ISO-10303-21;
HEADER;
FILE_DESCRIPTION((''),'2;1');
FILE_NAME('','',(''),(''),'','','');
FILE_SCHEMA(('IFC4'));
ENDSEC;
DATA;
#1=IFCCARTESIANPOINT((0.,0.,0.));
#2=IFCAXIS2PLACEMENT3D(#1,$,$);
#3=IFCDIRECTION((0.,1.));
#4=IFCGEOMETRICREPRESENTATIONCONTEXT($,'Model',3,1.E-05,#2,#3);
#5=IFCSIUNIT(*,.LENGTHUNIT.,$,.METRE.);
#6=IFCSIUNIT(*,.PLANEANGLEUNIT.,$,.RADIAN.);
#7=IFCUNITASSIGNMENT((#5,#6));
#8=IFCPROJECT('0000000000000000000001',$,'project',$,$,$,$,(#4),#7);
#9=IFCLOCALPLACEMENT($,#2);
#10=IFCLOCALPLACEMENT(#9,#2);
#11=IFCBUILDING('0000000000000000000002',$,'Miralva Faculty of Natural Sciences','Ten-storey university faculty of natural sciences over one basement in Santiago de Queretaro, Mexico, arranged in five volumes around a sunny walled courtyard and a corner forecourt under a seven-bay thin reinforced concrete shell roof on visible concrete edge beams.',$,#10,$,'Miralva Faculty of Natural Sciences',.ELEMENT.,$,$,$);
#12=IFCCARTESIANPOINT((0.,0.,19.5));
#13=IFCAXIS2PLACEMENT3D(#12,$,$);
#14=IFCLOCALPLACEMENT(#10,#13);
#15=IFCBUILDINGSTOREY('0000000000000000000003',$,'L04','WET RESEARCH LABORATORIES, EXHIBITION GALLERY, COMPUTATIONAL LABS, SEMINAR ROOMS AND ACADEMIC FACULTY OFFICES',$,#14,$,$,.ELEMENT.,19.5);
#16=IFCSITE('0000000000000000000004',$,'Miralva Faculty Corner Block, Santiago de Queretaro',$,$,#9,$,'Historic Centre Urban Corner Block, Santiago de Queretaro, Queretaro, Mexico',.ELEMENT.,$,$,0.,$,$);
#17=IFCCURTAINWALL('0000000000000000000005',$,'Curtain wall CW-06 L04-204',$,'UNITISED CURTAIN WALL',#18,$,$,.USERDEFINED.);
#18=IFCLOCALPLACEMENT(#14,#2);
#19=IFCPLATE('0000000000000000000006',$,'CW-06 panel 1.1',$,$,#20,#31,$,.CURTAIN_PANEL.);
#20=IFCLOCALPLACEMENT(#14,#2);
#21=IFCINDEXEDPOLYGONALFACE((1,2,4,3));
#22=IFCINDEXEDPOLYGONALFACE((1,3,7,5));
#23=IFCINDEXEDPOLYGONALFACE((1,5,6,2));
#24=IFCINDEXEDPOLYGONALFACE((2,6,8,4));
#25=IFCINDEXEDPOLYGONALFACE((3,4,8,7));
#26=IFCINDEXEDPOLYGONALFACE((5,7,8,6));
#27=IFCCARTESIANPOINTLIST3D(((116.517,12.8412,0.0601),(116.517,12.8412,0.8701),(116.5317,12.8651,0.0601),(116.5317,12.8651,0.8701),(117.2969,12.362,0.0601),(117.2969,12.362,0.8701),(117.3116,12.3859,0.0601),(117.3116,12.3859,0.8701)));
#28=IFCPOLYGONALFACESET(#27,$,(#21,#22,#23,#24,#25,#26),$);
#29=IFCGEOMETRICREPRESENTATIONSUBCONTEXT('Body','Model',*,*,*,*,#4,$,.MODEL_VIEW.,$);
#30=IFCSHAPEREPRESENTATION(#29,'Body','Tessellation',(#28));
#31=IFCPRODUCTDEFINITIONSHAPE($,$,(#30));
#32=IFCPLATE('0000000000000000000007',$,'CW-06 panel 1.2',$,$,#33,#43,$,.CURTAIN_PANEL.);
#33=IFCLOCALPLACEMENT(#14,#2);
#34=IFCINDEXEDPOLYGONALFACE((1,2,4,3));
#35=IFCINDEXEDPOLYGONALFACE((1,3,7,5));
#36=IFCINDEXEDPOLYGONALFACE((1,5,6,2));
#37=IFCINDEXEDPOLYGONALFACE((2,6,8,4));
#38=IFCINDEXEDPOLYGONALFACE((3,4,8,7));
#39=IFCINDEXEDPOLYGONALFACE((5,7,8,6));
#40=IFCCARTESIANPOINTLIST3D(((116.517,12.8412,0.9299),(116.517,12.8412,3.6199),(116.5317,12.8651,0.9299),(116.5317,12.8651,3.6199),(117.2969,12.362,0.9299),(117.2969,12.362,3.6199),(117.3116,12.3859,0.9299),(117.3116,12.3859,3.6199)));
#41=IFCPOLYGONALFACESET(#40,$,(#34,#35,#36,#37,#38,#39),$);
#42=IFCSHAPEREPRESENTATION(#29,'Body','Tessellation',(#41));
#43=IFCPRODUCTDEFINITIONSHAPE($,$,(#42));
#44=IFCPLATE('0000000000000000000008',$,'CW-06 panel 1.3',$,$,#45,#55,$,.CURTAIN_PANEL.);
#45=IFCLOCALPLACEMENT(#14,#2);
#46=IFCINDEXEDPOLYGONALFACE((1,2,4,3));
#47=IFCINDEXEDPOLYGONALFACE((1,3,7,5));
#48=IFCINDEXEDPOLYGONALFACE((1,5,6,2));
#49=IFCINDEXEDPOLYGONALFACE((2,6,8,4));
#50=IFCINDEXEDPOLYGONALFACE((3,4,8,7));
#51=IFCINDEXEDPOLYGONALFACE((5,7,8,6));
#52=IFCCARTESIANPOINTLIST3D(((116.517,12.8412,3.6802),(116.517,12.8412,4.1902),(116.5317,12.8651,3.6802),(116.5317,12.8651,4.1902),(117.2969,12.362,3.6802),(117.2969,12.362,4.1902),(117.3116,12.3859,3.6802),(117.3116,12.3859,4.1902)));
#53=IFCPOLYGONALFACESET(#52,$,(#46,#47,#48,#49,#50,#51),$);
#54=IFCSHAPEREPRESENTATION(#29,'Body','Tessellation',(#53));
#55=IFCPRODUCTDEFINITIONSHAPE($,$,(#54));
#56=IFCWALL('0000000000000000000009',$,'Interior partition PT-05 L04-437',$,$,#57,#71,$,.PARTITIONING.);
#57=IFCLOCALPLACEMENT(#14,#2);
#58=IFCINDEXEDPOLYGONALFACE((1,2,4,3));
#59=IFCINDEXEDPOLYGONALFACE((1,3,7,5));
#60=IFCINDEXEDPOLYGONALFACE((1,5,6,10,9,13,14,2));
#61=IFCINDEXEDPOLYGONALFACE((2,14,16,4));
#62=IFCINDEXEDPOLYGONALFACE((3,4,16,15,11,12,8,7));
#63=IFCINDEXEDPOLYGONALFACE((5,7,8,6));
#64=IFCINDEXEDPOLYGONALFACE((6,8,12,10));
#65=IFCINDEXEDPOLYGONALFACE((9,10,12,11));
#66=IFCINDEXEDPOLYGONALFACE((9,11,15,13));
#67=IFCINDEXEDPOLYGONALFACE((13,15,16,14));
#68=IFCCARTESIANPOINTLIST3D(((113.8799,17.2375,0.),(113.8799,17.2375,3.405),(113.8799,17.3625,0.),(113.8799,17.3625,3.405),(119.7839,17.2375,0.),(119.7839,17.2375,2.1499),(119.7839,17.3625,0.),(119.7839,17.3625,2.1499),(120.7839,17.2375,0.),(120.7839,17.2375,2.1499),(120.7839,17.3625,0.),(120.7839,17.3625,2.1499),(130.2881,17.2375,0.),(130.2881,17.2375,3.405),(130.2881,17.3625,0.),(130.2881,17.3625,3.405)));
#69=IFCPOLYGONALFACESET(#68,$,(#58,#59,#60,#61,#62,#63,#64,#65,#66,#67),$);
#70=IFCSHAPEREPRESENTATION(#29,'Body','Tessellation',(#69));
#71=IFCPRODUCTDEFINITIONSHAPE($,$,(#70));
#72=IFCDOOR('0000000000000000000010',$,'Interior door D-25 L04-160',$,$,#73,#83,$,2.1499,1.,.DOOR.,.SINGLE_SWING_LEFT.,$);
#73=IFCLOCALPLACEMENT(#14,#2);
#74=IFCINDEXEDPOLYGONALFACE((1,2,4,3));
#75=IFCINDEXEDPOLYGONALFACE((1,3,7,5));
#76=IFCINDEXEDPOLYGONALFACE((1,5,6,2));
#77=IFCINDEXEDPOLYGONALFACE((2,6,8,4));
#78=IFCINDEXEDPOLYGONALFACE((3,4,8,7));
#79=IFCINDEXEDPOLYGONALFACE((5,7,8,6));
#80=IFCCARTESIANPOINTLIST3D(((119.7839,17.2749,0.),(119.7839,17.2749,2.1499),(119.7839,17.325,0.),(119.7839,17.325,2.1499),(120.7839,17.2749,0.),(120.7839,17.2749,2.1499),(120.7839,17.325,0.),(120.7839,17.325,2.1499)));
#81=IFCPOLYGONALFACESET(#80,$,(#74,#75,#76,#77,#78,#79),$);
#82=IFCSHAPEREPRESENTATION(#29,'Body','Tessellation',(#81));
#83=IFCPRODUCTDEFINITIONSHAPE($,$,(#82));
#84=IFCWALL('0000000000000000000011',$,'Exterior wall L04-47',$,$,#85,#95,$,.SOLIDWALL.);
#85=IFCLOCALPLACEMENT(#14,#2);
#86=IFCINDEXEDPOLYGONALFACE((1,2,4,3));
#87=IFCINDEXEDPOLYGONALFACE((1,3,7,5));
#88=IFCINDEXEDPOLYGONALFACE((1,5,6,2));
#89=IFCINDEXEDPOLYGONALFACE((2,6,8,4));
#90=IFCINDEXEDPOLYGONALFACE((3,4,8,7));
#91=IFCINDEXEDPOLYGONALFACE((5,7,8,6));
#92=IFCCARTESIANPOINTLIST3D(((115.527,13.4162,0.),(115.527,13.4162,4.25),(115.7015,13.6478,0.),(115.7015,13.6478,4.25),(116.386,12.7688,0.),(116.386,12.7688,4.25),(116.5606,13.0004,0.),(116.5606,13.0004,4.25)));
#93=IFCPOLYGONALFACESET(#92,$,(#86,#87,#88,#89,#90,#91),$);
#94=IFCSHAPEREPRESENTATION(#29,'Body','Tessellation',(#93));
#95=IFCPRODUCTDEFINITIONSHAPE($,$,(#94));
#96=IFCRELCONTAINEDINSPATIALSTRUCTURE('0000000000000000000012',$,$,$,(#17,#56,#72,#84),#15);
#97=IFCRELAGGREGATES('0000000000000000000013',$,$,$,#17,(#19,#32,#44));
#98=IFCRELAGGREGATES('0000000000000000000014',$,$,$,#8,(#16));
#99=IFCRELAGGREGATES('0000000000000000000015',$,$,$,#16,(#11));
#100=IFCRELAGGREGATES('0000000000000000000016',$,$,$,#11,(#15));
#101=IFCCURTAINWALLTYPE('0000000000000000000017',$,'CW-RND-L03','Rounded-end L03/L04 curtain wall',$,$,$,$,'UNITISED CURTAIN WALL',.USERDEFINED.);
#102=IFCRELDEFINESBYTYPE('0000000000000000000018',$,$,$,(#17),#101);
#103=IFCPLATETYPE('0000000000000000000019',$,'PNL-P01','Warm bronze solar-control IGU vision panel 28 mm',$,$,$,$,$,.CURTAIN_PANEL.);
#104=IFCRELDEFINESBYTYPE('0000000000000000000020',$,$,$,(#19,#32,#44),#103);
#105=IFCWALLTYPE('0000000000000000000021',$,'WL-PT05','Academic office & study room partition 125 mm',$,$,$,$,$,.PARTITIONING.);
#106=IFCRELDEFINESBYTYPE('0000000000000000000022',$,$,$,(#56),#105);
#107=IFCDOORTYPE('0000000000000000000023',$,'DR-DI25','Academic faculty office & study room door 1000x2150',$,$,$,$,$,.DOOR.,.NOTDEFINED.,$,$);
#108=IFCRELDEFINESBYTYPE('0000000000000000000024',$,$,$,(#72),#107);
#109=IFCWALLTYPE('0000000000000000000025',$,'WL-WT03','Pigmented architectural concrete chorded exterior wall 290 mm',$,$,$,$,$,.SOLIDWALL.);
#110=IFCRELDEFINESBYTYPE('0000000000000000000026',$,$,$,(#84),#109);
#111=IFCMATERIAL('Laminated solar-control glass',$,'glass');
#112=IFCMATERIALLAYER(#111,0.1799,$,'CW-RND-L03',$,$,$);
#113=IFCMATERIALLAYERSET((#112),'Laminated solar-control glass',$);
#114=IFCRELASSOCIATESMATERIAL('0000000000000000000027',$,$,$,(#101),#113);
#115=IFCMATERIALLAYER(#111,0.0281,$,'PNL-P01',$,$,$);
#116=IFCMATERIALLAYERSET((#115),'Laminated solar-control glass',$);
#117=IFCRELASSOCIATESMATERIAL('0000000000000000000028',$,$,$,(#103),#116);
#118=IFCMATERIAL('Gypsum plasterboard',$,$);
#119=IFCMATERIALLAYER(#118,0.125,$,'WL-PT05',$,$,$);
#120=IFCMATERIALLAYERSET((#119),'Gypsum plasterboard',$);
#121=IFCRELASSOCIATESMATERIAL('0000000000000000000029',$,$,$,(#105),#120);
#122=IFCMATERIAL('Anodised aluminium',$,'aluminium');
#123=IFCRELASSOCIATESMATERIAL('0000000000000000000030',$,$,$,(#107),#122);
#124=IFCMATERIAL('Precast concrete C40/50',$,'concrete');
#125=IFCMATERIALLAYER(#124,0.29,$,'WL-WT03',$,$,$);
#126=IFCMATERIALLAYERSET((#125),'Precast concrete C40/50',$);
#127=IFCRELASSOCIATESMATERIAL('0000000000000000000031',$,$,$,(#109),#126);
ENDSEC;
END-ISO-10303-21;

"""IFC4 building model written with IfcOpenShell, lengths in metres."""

from ifc_helpers import new_model, si_unit, direction, frame, frame_2d, origin, origin_2d, place, context, subcontext, project, spatial, rectangle, extrude, material, layer, layer_set, type_object, element, fill, aggregate, save


model = new_model("IFC4")

# Units and contexts
model_context = context("Model", 3, precision=1e-05, world=origin(), true_north=direction((0.0, 1.0)))
body_context = subcontext(model_context, "Body", "Model", "MODEL_VIEW")
ifc_project = project(units=[si_unit("LENGTHUNIT", "METRE"), si_unit("PLANEANGLEUNIT", "RADIAN")], contexts=[model_context])

# Site, building, storey
site_placement = place(None, origin())
site = spatial("IfcSite", under=ifc_project, at=site_placement, Name="Miralva Faculty Corner Block, Santiago de Queretaro", LongName="Historic Centre Urban Corner Block, Santiago de Queretaro, Queretaro, Mexico", CompositionType="ELEMENT", RefElevation=0.0)
building_placement = place(site_placement, origin())
building = spatial("IfcBuilding", under=site, at=building_placement, Name="Miralva Faculty of Natural Sciences", Description="Ten-storey university faculty of natural sciences over one basement in Santiago de Queretaro, Mexico, arranged in five volumes around a sunny walled courtyard and a corner forecourt under a seven-bay thin reinforced concrete shell roof on visible concrete edge beams.", LongName="Miralva Faculty of Natural Sciences", CompositionType="ELEMENT")
storey_placement = place(building_placement, frame((0.0, 0.0, 19.5)))
storey = spatial("IfcBuildingStorey", under=building, at=storey_placement, Name="L04", Description="WET RESEARCH LABORATORIES, EXHIBITION GALLERY, COMPUTATIONAL LABS, SEMINAR ROOMS AND ACADEMIC FACULTY OFFICES", CompositionType="ELEMENT", Elevation=19.5)

# Curtain wall
ifc_material_1 = material(Name="Laminated solar-control glass", Category="glass")
ifc_material_2 = material(Name="Anodised aluminium", Category="aluminium")
ifc_layer_1 = layer(ifc_material_1, 0.1799, Name="CW-RND-L03")
ifc_layer_set_1 = layer_set([ifc_layer_1], Name="Laminated solar-control glass")
curtain_wall_type_1 = type_object("IfcCurtainWallType", Name="CW-RND-L03", Description="Rounded-end L03/L04 curtain wall", ElementType="UNITISED CURTAIN WALL", PredefinedType="USERDEFINED", material=ifc_layer_set_1)
curtain_wall_1_placement = place(storey_placement, origin())
curtain_wall_1 = element("IfcCurtainWall", 1, at=curtain_wall_1_placement, inside=storey, type_object=curtain_wall_type_1, Name="Curtain wall CW-06 L04-204", ObjectType="UNITISED CURTAIN WALL", PredefinedType="USERDEFINED")

# Plates
ifc_layer_2 = layer(ifc_material_1, 0.0281, Name="PNL-P01")
ifc_layer_set_2 = layer_set([ifc_layer_2], Name="Laminated solar-control glass")
plate_type = type_object("IfcPlateType", Name="PNL-P01", Description="Warm bronze solar-control IGU vision panel 28 mm", PredefinedType="CURTAIN_PANEL", material=ifc_layer_set_2)
plate_1_placement = place(storey_placement, frame((116.9143, 12.6135, 0.0601), z_axis=(0.0, 0.0, 1.0), x_axis=(0.852004, -0.523535, 0.0)))
plate_1 = element("IfcPlate", 2, at=plate_1_placement, type_object=plate_type, Name="CW-06 panel 1.1", PredefinedType="CURTAIN_PANEL", context=body_context, shape_type="SweptSolid", body=[
    extrude(rectangle(XDim=0.9153, YDim=0.0281, at=origin_2d()), origin(), (0.0, 0.0, 1.0), 0.8101),
])
plate_2_placement = place(storey_placement, frame((116.9143, 12.6135, 0.9299), z_axis=(0.0, 0.0, 1.0), x_axis=(0.852004, -0.523535, 0.0)))
plate_2 = element("IfcPlate", 3, at=plate_2_placement, type_object=plate_type, Name="CW-06 panel 1.2", PredefinedType="CURTAIN_PANEL", context=body_context, shape_type="SweptSolid", body=[
    extrude(rectangle(XDim=0.9153, YDim=0.0281, at=origin_2d()), origin(), (0.0, 0.0, 1.0), 2.6899),
])
plate_3_placement = place(storey_placement, frame((116.9143, 12.6135, 3.6802), z_axis=(0.0, 0.0, 1.0), x_axis=(0.852004, -0.523535, 0.0)))
plate_3 = element("IfcPlate", 4, at=plate_3_placement, type_object=plate_type, Name="CW-06 panel 1.3", PredefinedType="CURTAIN_PANEL", context=body_context, shape_type="SweptSolid", body=[
    extrude(rectangle(XDim=0.9153, YDim=0.0281, at=origin_2d()), origin(), (0.0, 0.0, 1.0), 0.51),
])
aggregate(curtain_wall_1, [plate_1, plate_2, plate_3])

# Wall, opening, door
ifc_material_3 = material(Name="Gypsum plasterboard")
ifc_layer_3 = layer(ifc_material_3, 0.125, Name="WL-PT05")
ifc_layer_set_3 = layer_set([ifc_layer_3], Name="Gypsum plasterboard")
wall_type_1 = type_object("IfcWallType", Name="WL-PT05", Description="Academic office & study room partition 125 mm", PredefinedType="PARTITIONING", material=ifc_layer_set_3)
wall_1_placement = place(storey_placement, frame((113.8799, 17.3, 0.0), z_axis=(0.0, 0.0, 1.0), x_axis=(1.0, 0.0, 0.0)))
wall_1 = element("IfcWall", 5, at=wall_1_placement, inside=storey, type_object=wall_type_1, Name="Interior partition PT-05 L04-437", PredefinedType="PARTITIONING", context=body_context, shape_type="SweptSolid", body=[
    extrude(rectangle(XDim=16.4082, YDim=0.125, at=frame_2d((8.2041, 0.0))), origin(), (0.0, 0.0, 1.0), 3.405),
])
opening_placement = place(wall_1_placement, frame((5.9041, 0.0, 0.0)))
opening = element("IfcOpeningElement", 6, at=opening_placement, cuts=wall_1, PredefinedType="OPENING", context=body_context, shape_type="SweptSolid", body=[
    extrude(rectangle(XDim=1.0, YDim=2.1499, at=frame_2d((0.5, 1.075))), frame((0.0, 0.0725, 0.0), z_axis=(0.0, -1.0, 0.0), x_axis=(1.0, 0.0, 0.0)), (0.0, 0.0, 1.0), 0.145),
])
door_type = type_object("IfcDoorType", Name="DR-DI25", Description="Academic faculty office & study room door 1000x2150", OperationType="NOTDEFINED", PredefinedType="DOOR", material=ifc_material_2)
door_placement = place(opening_placement, origin())
door = element("IfcDoor", 7, at=door_placement, inside=storey, type_object=door_type, Name="Interior door D-25 L04-160", OperationType="SINGLE_SWING_LEFT", OverallHeight=2.1499, OverallWidth=1.0, PredefinedType="DOOR", context=body_context, shape_type="SweptSolid", body=[
    extrude(rectangle(XDim=1.0, YDim=2.1499, at=frame_2d((0.5, 1.075))), frame((0.0, 0.0249, 0.0), z_axis=(0.0, -1.0, 0.0), x_axis=(1.0, 0.0, 0.0)), (0.0, 0.0, 1.0), 0.05),
])
fill(opening, door)

# Wall
ifc_material_4 = material(Name="Precast concrete C40/50", Category="concrete")
ifc_layer_4 = layer(ifc_material_4, 0.29, Name="WL-WT03")
ifc_layer_set_4 = layer_set([ifc_layer_4], Name="Precast concrete C40/50")
wall_type_2 = type_object("IfcWallType", Name="WL-WT03", Description="Pigmented architectural concrete chorded exterior wall 290 mm", PredefinedType="SOLIDWALL", material=ifc_layer_set_4)
wall_2_placement = place(storey_placement, frame((115.6143, 13.532, 0.0), z_axis=(0.0, 0.0, 1.0), x_axis=(0.798609, -0.60185, 0.0)))
element("IfcWall", 8, at=wall_2_placement, inside=storey, type_object=wall_type_2, Name="Exterior wall L04-47", PredefinedType="SOLIDWALL", context=body_context, shape_type="SweptSolid", body=[
    extrude(rectangle(XDim=1.0757, YDim=0.29, at=frame_2d((0.5378, 0.0))), origin(), (0.0, 0.0, 1.0), 4.25),
])

save(model, "model.ifc")
